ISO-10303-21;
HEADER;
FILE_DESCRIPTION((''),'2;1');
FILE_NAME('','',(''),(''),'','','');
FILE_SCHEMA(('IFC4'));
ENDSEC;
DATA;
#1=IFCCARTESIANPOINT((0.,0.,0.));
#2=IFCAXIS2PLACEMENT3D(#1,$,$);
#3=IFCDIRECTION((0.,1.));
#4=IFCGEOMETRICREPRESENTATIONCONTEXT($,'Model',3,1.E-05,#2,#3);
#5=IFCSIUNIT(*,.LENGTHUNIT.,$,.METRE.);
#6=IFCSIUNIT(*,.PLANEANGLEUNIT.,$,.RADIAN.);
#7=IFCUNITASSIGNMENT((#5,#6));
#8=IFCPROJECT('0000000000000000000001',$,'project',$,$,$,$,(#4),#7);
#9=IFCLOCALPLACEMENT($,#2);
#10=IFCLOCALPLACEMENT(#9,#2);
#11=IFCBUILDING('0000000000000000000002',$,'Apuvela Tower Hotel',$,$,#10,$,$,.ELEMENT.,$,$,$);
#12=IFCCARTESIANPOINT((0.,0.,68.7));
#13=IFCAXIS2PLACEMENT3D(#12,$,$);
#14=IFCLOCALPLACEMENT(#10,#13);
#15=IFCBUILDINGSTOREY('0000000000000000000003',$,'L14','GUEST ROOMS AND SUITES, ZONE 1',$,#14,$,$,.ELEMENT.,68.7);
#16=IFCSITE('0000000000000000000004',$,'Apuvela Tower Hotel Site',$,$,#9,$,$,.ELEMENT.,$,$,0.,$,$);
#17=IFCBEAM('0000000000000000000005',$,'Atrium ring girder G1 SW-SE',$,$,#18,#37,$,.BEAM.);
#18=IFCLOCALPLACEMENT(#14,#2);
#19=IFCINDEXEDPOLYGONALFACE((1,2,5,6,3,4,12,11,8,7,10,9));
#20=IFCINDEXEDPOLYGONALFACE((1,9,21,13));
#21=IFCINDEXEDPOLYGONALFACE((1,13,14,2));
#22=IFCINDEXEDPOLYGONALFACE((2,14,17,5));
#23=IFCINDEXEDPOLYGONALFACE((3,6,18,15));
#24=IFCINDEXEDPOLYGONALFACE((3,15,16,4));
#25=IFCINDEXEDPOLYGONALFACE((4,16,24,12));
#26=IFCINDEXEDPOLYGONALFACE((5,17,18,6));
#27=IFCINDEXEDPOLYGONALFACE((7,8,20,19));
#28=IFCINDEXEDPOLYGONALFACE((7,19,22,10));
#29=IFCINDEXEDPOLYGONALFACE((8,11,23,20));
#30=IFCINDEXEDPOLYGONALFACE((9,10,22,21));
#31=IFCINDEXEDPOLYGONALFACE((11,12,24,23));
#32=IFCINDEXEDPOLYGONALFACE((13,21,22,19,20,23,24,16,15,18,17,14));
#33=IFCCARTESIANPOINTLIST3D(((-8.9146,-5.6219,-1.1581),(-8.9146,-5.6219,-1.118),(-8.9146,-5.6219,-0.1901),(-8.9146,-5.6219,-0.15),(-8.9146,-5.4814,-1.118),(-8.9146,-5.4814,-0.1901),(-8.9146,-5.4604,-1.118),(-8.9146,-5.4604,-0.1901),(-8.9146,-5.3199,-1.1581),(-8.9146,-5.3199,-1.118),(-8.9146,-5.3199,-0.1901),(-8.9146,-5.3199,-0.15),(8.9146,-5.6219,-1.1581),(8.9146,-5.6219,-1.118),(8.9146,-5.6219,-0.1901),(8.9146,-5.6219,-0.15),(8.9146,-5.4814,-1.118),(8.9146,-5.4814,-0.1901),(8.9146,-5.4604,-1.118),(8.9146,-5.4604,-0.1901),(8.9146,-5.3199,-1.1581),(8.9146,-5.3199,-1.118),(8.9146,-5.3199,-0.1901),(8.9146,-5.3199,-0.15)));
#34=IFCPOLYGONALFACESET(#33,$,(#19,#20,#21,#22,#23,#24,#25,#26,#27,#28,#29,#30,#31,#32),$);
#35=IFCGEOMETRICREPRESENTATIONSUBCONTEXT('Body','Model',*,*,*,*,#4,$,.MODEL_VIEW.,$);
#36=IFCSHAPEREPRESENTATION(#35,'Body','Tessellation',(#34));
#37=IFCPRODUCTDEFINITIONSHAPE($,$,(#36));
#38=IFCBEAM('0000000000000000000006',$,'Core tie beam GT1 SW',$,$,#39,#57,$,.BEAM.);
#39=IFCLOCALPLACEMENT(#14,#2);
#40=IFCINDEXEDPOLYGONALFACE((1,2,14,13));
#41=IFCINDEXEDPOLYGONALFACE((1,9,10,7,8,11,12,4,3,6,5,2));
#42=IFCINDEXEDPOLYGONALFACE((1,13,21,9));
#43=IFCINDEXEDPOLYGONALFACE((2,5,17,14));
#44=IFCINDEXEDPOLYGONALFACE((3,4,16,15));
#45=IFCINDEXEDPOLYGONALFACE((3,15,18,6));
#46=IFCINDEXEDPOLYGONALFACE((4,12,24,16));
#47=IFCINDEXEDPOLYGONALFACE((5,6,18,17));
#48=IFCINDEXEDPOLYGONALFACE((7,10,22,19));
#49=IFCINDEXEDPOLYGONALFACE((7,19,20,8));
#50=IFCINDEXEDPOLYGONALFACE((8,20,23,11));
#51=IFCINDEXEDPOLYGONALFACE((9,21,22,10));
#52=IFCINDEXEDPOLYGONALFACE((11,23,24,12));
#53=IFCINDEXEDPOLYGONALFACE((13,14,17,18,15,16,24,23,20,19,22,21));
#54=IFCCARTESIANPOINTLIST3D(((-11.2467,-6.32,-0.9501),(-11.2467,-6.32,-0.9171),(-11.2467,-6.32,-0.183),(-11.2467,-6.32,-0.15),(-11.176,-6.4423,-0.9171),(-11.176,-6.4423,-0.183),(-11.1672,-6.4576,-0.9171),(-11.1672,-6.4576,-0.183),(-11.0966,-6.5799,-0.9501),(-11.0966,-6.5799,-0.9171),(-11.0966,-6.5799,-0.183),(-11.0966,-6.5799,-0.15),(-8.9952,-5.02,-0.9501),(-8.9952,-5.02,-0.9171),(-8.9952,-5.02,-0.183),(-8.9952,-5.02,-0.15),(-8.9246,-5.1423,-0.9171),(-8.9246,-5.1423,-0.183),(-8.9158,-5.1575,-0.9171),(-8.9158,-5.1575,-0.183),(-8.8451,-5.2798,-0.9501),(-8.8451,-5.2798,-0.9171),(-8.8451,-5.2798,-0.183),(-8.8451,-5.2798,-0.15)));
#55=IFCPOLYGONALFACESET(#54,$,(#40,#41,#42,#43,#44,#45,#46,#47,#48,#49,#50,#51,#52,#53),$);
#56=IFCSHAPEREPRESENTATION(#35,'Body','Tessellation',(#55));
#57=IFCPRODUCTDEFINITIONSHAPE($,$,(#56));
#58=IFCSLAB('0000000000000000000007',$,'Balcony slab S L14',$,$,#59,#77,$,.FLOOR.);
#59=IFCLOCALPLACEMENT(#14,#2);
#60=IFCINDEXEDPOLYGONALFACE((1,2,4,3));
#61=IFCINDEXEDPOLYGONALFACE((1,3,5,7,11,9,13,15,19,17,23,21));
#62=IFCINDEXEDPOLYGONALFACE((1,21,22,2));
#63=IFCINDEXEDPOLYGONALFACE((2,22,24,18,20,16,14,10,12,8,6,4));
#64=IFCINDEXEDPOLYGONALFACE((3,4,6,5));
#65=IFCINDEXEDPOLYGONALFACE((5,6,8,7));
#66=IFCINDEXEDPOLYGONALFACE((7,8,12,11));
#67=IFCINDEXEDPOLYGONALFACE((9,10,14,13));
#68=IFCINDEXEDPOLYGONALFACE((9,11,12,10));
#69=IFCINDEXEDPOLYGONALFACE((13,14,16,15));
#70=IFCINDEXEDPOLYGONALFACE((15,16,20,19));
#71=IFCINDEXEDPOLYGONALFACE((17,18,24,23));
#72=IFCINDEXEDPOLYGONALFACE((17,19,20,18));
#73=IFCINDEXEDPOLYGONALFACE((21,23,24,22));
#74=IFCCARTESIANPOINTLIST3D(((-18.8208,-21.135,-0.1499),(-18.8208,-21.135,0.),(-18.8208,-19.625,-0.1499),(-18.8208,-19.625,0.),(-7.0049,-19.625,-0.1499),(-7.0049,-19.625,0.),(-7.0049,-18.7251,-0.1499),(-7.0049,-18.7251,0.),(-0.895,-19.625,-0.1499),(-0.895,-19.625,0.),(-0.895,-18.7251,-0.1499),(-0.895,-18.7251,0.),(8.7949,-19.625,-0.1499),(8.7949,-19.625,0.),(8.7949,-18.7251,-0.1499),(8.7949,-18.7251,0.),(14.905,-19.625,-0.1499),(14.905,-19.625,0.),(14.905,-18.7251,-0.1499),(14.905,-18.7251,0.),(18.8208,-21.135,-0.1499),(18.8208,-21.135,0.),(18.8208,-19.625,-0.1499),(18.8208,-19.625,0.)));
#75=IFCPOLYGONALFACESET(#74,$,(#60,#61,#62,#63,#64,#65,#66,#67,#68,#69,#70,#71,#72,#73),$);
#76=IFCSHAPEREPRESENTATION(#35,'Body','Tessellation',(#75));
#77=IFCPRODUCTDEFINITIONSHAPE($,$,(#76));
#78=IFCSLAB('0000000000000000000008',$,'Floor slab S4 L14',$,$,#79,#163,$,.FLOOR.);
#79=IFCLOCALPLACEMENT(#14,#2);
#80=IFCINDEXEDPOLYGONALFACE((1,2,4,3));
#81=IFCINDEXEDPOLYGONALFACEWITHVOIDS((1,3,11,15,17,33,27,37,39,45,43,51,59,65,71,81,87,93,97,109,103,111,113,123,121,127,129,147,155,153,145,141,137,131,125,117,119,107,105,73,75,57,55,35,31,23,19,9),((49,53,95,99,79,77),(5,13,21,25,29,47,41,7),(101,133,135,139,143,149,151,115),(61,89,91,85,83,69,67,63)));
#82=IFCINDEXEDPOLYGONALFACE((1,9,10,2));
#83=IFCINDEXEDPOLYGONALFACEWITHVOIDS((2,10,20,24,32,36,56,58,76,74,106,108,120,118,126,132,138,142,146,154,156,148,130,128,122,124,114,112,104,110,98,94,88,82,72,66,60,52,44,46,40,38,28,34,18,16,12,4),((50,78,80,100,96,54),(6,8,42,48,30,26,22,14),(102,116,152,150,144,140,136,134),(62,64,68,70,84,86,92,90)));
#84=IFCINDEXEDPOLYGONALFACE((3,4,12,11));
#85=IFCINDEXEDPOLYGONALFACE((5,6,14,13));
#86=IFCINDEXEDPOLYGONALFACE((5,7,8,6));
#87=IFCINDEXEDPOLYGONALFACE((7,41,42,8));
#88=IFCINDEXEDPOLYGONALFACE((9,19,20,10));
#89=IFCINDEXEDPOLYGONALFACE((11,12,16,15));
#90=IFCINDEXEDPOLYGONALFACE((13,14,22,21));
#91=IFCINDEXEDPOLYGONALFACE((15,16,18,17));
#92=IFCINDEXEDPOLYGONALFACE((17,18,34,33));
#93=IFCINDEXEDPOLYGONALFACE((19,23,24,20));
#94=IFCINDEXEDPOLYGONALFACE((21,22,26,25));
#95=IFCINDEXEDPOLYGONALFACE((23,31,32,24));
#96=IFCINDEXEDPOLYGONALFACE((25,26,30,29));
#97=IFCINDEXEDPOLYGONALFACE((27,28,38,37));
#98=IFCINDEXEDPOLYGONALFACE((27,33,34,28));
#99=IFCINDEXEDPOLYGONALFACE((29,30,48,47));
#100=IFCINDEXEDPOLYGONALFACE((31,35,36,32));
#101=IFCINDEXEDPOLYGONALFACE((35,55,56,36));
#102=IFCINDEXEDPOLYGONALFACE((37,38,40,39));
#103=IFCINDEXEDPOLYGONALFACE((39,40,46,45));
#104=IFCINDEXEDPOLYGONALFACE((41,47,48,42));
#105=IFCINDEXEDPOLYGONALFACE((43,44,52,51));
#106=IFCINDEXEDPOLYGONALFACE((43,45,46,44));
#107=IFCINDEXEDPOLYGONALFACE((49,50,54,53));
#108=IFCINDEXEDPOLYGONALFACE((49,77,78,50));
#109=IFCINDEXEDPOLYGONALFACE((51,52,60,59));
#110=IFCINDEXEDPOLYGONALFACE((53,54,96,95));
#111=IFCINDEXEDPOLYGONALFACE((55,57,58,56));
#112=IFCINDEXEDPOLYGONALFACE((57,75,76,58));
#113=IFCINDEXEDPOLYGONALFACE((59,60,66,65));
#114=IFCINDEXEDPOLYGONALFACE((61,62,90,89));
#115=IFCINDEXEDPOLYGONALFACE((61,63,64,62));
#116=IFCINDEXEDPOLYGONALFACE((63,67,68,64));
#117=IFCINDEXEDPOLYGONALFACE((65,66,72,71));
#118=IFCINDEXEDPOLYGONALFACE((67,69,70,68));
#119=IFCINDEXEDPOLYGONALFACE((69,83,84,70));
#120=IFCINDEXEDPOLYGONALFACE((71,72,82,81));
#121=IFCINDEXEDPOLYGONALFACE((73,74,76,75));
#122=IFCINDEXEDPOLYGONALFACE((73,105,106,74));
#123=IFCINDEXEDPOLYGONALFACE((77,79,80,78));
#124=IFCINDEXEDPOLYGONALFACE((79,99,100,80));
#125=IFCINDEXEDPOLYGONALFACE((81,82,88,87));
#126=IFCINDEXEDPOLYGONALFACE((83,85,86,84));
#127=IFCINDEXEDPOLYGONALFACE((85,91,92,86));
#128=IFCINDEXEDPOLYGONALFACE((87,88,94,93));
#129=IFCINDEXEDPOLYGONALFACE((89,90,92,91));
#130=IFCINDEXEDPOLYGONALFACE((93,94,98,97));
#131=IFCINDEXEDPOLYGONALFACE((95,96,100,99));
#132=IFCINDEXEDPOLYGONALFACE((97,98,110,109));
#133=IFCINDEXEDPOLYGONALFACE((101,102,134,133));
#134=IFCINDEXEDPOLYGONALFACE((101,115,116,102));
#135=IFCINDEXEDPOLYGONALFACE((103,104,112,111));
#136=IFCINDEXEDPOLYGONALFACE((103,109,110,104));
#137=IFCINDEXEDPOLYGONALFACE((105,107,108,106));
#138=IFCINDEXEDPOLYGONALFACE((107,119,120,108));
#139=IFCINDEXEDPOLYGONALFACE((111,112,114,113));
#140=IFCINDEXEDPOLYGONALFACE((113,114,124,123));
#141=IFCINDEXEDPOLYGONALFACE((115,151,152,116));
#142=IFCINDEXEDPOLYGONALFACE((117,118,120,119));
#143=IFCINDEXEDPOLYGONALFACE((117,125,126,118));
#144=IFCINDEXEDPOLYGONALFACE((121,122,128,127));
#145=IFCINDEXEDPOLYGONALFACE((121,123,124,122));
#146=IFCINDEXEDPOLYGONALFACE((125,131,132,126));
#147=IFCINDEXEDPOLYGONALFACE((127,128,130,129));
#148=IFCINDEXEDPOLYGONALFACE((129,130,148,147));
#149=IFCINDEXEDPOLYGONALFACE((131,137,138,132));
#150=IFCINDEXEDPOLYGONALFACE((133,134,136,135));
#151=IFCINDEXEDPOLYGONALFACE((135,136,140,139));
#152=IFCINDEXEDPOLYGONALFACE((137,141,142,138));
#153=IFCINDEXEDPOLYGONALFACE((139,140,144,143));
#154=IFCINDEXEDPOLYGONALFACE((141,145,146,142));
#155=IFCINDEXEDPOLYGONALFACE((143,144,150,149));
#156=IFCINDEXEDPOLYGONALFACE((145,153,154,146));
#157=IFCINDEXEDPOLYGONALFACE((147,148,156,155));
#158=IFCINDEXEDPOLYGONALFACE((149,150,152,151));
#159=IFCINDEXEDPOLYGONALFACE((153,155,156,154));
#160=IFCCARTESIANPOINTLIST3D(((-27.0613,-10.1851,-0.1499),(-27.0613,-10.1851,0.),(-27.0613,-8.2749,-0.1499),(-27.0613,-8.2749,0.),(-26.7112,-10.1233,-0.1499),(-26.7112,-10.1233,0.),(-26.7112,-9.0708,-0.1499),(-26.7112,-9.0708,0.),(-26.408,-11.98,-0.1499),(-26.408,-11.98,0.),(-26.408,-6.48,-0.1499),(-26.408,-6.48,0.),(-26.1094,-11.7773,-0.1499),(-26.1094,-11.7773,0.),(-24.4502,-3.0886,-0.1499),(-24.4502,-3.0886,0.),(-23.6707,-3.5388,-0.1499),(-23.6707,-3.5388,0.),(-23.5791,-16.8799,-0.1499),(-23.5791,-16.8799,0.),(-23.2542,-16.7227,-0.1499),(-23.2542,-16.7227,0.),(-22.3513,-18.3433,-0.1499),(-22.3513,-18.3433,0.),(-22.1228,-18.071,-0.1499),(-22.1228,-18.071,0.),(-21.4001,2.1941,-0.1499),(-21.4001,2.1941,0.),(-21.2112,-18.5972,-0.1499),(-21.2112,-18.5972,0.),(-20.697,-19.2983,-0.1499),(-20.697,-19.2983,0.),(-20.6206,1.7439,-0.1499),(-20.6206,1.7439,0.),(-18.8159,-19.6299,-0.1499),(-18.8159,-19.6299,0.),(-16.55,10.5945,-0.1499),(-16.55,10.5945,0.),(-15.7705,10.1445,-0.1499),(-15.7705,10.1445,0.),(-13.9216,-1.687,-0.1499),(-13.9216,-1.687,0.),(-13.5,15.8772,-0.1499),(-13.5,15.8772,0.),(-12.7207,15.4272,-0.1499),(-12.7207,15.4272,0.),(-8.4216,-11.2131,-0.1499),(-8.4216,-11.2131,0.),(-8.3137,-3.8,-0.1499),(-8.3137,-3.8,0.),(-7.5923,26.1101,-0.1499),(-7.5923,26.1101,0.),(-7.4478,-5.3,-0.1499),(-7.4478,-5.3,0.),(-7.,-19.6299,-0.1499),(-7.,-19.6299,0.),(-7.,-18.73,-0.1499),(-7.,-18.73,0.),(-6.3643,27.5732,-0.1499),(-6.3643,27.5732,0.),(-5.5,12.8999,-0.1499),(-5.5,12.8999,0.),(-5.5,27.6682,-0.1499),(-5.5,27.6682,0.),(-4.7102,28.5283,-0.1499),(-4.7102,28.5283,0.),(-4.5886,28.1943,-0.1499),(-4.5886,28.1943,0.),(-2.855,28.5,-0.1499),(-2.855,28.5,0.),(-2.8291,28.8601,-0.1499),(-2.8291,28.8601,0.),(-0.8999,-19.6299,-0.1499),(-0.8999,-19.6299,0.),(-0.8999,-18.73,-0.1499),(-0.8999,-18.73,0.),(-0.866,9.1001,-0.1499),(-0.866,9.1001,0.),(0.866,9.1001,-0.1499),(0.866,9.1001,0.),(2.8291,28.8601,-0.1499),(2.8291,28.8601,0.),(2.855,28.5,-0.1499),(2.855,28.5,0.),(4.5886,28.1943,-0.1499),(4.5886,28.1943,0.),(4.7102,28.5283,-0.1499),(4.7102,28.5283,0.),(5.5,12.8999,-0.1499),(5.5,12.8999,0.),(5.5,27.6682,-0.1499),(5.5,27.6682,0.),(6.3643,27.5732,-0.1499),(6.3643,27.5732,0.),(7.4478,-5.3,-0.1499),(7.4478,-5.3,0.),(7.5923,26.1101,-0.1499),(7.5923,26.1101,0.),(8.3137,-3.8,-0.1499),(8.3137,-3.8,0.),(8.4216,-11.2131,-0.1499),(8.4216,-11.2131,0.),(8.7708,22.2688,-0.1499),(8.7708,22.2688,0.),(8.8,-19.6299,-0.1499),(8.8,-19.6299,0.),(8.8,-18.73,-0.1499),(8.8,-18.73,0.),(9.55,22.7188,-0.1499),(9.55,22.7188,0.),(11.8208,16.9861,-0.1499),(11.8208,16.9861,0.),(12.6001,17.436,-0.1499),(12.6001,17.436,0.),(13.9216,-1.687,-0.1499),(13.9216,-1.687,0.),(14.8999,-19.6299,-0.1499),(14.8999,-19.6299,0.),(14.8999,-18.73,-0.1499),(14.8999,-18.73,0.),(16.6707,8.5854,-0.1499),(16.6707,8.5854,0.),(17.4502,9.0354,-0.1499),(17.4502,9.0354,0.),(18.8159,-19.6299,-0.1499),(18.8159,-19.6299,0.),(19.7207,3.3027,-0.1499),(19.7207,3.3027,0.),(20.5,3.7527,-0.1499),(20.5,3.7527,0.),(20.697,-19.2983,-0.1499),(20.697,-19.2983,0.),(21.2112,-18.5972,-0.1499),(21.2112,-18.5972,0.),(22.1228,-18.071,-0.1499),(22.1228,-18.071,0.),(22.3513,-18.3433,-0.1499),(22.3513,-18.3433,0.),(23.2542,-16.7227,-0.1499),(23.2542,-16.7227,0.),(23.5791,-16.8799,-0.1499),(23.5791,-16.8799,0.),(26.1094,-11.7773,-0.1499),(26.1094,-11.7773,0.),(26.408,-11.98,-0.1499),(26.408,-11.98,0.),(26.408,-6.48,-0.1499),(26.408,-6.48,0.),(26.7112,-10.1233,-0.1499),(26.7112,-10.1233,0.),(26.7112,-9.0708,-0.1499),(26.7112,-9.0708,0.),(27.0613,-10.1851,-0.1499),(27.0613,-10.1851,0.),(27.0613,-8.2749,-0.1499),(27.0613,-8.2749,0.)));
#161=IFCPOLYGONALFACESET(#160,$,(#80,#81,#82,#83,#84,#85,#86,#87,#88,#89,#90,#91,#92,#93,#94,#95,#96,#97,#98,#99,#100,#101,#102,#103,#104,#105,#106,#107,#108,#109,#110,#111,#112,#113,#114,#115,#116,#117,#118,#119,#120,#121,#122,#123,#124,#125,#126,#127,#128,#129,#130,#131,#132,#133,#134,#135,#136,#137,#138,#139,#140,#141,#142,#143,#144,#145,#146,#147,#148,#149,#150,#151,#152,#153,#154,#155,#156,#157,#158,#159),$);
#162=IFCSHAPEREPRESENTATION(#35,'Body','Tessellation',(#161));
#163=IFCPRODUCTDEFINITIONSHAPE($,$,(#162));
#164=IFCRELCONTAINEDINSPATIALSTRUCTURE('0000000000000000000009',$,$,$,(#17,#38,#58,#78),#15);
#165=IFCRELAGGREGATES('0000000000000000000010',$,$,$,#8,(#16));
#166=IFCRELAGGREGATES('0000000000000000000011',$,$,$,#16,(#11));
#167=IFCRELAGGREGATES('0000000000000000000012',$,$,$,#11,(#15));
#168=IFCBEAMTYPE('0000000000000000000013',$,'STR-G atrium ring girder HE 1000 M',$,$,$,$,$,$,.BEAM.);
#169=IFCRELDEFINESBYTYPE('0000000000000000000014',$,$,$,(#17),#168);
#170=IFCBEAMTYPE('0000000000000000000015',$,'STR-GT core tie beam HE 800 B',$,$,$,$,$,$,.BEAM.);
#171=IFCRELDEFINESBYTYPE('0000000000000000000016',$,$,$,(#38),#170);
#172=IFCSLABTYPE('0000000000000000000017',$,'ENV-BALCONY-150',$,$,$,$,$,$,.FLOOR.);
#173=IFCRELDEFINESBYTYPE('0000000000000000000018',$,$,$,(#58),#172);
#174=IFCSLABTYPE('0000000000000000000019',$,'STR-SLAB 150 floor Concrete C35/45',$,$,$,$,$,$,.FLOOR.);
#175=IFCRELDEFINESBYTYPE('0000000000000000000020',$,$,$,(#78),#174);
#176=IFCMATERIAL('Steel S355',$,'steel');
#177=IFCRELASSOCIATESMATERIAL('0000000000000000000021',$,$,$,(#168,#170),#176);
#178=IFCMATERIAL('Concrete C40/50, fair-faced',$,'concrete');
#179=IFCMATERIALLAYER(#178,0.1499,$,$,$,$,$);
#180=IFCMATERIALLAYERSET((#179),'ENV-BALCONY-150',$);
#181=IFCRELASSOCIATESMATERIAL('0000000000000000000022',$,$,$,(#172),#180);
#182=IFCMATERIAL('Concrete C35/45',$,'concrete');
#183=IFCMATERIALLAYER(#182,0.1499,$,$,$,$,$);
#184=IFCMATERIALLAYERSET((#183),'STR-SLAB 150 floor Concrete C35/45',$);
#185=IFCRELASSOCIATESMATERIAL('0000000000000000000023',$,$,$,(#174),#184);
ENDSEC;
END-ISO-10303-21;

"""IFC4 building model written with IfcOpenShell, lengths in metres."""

from ifc_helpers import new_model, si_unit, direction, frame, origin, origin_2d, place, context, subcontext, project, spatial, polyline, i_section, outline, extrude, material, layer, layer_set, material_profile, profile_set, type_object, element, save


model = new_model("IFC4")

# Units and contexts
model_context = context("Model", 3, precision=1e-05, world=origin(), true_north=direction((0.0, 1.0)))
body_context = subcontext(model_context, "Body", "Model", "MODEL_VIEW")
ifc_project = project(units=[si_unit("LENGTHUNIT", "METRE"), si_unit("PLANEANGLEUNIT", "RADIAN")], contexts=[model_context])

# Site, building, storey
site_placement = place(None, origin())
site = spatial("IfcSite", under=ifc_project, at=site_placement, Name="Apuvela Tower Hotel Site", CompositionType="ELEMENT", RefElevation=0.0)
building_placement = place(site_placement, origin())
building = spatial("IfcBuilding", under=site, at=building_placement, Name="Apuvela Tower Hotel", CompositionType="ELEMENT")
storey_placement = place(building_placement, frame((0.0, 0.0, 68.7)))
storey = spatial("IfcBuildingStorey", under=building, at=storey_placement, Name="L14", Description="GUEST ROOMS AND SUITES, ZONE 1", CompositionType="ELEMENT", Elevation=68.7)

# Beams
ifc_material_1 = material(Name="Steel S355", Category="steel")
ifc_material_profile_1 = material_profile(ifc_material_1, i_section(OverallWidth=0.302, OverallDepth=1.0081, WebThickness=0.021, FlangeThickness=0.04, at=origin_2d()), Name="HE 1000 M")
ifc_profile_set_1 = profile_set([ifc_material_profile_1], Name="Steel S355")
beam_type_1 = type_object("IfcBeamType", Name="STR-G atrium ring girder HE 1000 M", PredefinedType="BEAM", material=ifc_profile_set_1)
beam_1_placement = place(storey_placement, frame((-8.9146, -5.4709, -0.6541), z_axis=(1.0, 0.0, 0.0), x_axis=(0.0, 1.0, 0.0)))
element("IfcBeam", 1, at=beam_1_placement, inside=storey, type_object=beam_type_1, Name="Atrium ring girder G1 SW-SE", PredefinedType="BEAM", context=body_context, shape_type="SweptSolid", body=[
    extrude(i_section(OverallWidth=0.302, OverallDepth=1.0081, WebThickness=0.021, FlangeThickness=0.04, at=origin_2d()), origin(), (0.0, 0.0, 1.0), 17.8291),
])
ifc_material_profile_2 = material_profile(ifc_material_1, i_section(OverallWidth=0.3, OverallDepth=0.8, WebThickness=0.0176, FlangeThickness=0.033, at=origin_2d()), Name="HE 800 B")
ifc_profile_set_2 = profile_set([ifc_material_profile_2], Name="Steel S355")
beam_type_2 = type_object("IfcBeamType", Name="STR-GT core tie beam HE 800 B", PredefinedType="BEAM", material=ifc_profile_set_2)
beam_2_placement = place(storey_placement, frame((-11.1716, -6.45, -0.55), z_axis=(0.865998, 0.500048, 0.0), x_axis=(-0.500048, 0.865998, 0.0)))
element("IfcBeam", 2, at=beam_2_placement, inside=storey, type_object=beam_type_2, Name="Core tie beam GT1 SW", PredefinedType="BEAM", context=body_context, shape_type="SweptSolid", body=[
    extrude(i_section(OverallWidth=0.3, OverallDepth=0.8, WebThickness=0.0176, FlangeThickness=0.033, at=origin_2d()), origin(), (0.0, 0.0, 1.0), 2.5999),
])

# Slabs
ifc_material_2 = material(Name="Concrete C40/50, fair-faced", Category="concrete")
ifc_layer_1 = layer(ifc_material_2, 0.1499)
ifc_layer_set_1 = layer_set([ifc_layer_1], Name="ENV-BALCONY-150")
slab_type_1 = type_object("IfcSlabType", Name="ENV-BALCONY-150", PredefinedType="FLOOR", material=ifc_layer_set_1)
slab_1_placement = place(storey_placement, frame((0.0, 0.0, -0.1499)))
element("IfcSlab", 3, at=slab_1_placement, inside=storey, type_object=slab_type_1, Name="Balcony slab S L14", PredefinedType="FLOOR", context=body_context, shape_type="SweptSolid", body=[
    extrude(outline(polyline([(18.8208, -21.135), (-18.8208, -21.135), (-18.8208, -19.625), (-7.0049, -19.625), (-7.0049, -18.7251), (-0.895, -18.7251), (-0.895, -19.625), (8.7949, -19.625), (8.7949, -18.7251), (14.905, -18.7251), (14.905, -19.625), (18.8208, -19.625), (18.8208, -21.135)])), origin(), (0.0, 0.0, 1.0), 0.1499),
])
ifc_material_3 = material(Name="Concrete C35/45", Category="concrete")
ifc_layer_2 = layer(ifc_material_3, 0.1499)
ifc_layer_set_2 = layer_set([ifc_layer_2], Name="STR-SLAB 150 floor Concrete C35/45")
slab_type_2 = type_object("IfcSlabType", Name="STR-SLAB 150 floor Concrete C35/45", PredefinedType="FLOOR", material=ifc_layer_set_2)
slab_2_placement = place(storey_placement, frame((0.0, 0.0, -0.1499)))
element("IfcSlab", 4, at=slab_2_placement, inside=storey, type_object=slab_type_2, Name="Floor slab S4 L14", PredefinedType="FLOOR", context=body_context, shape_type="SweptSolid", body=[
    extrude(outline(polyline([(-6.3643, 27.5732), (-4.7102, 28.5283), (-2.8291, 28.8601), (2.8291, 28.8601), (4.7102, 28.5283), (6.3643, 27.5732), (7.5923, 26.1101), (9.55, 22.7188), (8.7708, 22.2688), (11.8208, 16.9861), (12.6001, 17.436), (17.4502, 9.0354), (16.6707, 8.5854), (19.7207, 3.3027), (20.5, 3.7527), (26.408, -6.48), (27.0613, -8.2749), (27.0613, -10.1851), (26.408, -11.98), (23.5791, -16.8799), (22.3513, -18.3433), (20.697, -19.2983), (18.8159, -19.6299), (14.8999, -19.6299), (14.8999, -18.73), (8.8, -18.73), (8.8, -19.6299), (-0.8999, -19.6299), (-0.8999, -18.73), (-7.0, -18.73), (-7.0, -19.6299), (-18.8159, -19.6299), (-20.697, -19.2983), (-22.3513, -18.3433), (-23.5791, -16.8799), (-26.408, -11.98), (-27.0613, -10.1851), (-27.0613, -8.2749), (-26.408, -6.48), (-24.4502, -3.0886), (-23.6707, -3.5388), (-20.6206, 1.7439), (-21.4001, 2.1941), (-16.55, 10.5945), (-15.7705, 10.1445), (-12.7207, 15.4272), (-13.5, 15.8772), (-7.5923, 26.1101), (-6.3643, 27.5732)]), holes=[polyline([(0.866, 9.1001), (-0.866, 9.1001), (-8.3137, -3.8), (-7.4478, -5.3), (7.4478, -5.3), (8.3137, -3.8), (0.866, 9.1001)]), polyline([(-5.5, 12.8999), (-5.5, 27.6682), (-4.5886, 28.1943), (-2.855, 28.5), (2.855, 28.5), (4.5886, 28.1943), (5.5, 27.6682), (5.5, 12.8999), (-5.5, 12.8999)]), polyline([(-8.4216, -11.2131), (-21.2112, -18.5972), (-22.1228, -18.071), (-23.2542, -16.7227), (-26.1094, -11.7773), (-26.7112, -10.1233), (-26.7112, -9.0708), (-13.9216, -1.687), (-8.4216, -11.2131)]), polyline([(13.9216, -1.687), (26.7112, -9.0708), (26.7112, -10.1233), (26.1094, -11.7773), (23.2542, -16.7227), (22.1228, -18.071), (21.2112, -18.5972), (8.4216, -11.2131), (13.9216, -1.687)])]), origin(), (0.0, 0.0, 1.0), 0.1499),
])

save(model, "model.ifc")
